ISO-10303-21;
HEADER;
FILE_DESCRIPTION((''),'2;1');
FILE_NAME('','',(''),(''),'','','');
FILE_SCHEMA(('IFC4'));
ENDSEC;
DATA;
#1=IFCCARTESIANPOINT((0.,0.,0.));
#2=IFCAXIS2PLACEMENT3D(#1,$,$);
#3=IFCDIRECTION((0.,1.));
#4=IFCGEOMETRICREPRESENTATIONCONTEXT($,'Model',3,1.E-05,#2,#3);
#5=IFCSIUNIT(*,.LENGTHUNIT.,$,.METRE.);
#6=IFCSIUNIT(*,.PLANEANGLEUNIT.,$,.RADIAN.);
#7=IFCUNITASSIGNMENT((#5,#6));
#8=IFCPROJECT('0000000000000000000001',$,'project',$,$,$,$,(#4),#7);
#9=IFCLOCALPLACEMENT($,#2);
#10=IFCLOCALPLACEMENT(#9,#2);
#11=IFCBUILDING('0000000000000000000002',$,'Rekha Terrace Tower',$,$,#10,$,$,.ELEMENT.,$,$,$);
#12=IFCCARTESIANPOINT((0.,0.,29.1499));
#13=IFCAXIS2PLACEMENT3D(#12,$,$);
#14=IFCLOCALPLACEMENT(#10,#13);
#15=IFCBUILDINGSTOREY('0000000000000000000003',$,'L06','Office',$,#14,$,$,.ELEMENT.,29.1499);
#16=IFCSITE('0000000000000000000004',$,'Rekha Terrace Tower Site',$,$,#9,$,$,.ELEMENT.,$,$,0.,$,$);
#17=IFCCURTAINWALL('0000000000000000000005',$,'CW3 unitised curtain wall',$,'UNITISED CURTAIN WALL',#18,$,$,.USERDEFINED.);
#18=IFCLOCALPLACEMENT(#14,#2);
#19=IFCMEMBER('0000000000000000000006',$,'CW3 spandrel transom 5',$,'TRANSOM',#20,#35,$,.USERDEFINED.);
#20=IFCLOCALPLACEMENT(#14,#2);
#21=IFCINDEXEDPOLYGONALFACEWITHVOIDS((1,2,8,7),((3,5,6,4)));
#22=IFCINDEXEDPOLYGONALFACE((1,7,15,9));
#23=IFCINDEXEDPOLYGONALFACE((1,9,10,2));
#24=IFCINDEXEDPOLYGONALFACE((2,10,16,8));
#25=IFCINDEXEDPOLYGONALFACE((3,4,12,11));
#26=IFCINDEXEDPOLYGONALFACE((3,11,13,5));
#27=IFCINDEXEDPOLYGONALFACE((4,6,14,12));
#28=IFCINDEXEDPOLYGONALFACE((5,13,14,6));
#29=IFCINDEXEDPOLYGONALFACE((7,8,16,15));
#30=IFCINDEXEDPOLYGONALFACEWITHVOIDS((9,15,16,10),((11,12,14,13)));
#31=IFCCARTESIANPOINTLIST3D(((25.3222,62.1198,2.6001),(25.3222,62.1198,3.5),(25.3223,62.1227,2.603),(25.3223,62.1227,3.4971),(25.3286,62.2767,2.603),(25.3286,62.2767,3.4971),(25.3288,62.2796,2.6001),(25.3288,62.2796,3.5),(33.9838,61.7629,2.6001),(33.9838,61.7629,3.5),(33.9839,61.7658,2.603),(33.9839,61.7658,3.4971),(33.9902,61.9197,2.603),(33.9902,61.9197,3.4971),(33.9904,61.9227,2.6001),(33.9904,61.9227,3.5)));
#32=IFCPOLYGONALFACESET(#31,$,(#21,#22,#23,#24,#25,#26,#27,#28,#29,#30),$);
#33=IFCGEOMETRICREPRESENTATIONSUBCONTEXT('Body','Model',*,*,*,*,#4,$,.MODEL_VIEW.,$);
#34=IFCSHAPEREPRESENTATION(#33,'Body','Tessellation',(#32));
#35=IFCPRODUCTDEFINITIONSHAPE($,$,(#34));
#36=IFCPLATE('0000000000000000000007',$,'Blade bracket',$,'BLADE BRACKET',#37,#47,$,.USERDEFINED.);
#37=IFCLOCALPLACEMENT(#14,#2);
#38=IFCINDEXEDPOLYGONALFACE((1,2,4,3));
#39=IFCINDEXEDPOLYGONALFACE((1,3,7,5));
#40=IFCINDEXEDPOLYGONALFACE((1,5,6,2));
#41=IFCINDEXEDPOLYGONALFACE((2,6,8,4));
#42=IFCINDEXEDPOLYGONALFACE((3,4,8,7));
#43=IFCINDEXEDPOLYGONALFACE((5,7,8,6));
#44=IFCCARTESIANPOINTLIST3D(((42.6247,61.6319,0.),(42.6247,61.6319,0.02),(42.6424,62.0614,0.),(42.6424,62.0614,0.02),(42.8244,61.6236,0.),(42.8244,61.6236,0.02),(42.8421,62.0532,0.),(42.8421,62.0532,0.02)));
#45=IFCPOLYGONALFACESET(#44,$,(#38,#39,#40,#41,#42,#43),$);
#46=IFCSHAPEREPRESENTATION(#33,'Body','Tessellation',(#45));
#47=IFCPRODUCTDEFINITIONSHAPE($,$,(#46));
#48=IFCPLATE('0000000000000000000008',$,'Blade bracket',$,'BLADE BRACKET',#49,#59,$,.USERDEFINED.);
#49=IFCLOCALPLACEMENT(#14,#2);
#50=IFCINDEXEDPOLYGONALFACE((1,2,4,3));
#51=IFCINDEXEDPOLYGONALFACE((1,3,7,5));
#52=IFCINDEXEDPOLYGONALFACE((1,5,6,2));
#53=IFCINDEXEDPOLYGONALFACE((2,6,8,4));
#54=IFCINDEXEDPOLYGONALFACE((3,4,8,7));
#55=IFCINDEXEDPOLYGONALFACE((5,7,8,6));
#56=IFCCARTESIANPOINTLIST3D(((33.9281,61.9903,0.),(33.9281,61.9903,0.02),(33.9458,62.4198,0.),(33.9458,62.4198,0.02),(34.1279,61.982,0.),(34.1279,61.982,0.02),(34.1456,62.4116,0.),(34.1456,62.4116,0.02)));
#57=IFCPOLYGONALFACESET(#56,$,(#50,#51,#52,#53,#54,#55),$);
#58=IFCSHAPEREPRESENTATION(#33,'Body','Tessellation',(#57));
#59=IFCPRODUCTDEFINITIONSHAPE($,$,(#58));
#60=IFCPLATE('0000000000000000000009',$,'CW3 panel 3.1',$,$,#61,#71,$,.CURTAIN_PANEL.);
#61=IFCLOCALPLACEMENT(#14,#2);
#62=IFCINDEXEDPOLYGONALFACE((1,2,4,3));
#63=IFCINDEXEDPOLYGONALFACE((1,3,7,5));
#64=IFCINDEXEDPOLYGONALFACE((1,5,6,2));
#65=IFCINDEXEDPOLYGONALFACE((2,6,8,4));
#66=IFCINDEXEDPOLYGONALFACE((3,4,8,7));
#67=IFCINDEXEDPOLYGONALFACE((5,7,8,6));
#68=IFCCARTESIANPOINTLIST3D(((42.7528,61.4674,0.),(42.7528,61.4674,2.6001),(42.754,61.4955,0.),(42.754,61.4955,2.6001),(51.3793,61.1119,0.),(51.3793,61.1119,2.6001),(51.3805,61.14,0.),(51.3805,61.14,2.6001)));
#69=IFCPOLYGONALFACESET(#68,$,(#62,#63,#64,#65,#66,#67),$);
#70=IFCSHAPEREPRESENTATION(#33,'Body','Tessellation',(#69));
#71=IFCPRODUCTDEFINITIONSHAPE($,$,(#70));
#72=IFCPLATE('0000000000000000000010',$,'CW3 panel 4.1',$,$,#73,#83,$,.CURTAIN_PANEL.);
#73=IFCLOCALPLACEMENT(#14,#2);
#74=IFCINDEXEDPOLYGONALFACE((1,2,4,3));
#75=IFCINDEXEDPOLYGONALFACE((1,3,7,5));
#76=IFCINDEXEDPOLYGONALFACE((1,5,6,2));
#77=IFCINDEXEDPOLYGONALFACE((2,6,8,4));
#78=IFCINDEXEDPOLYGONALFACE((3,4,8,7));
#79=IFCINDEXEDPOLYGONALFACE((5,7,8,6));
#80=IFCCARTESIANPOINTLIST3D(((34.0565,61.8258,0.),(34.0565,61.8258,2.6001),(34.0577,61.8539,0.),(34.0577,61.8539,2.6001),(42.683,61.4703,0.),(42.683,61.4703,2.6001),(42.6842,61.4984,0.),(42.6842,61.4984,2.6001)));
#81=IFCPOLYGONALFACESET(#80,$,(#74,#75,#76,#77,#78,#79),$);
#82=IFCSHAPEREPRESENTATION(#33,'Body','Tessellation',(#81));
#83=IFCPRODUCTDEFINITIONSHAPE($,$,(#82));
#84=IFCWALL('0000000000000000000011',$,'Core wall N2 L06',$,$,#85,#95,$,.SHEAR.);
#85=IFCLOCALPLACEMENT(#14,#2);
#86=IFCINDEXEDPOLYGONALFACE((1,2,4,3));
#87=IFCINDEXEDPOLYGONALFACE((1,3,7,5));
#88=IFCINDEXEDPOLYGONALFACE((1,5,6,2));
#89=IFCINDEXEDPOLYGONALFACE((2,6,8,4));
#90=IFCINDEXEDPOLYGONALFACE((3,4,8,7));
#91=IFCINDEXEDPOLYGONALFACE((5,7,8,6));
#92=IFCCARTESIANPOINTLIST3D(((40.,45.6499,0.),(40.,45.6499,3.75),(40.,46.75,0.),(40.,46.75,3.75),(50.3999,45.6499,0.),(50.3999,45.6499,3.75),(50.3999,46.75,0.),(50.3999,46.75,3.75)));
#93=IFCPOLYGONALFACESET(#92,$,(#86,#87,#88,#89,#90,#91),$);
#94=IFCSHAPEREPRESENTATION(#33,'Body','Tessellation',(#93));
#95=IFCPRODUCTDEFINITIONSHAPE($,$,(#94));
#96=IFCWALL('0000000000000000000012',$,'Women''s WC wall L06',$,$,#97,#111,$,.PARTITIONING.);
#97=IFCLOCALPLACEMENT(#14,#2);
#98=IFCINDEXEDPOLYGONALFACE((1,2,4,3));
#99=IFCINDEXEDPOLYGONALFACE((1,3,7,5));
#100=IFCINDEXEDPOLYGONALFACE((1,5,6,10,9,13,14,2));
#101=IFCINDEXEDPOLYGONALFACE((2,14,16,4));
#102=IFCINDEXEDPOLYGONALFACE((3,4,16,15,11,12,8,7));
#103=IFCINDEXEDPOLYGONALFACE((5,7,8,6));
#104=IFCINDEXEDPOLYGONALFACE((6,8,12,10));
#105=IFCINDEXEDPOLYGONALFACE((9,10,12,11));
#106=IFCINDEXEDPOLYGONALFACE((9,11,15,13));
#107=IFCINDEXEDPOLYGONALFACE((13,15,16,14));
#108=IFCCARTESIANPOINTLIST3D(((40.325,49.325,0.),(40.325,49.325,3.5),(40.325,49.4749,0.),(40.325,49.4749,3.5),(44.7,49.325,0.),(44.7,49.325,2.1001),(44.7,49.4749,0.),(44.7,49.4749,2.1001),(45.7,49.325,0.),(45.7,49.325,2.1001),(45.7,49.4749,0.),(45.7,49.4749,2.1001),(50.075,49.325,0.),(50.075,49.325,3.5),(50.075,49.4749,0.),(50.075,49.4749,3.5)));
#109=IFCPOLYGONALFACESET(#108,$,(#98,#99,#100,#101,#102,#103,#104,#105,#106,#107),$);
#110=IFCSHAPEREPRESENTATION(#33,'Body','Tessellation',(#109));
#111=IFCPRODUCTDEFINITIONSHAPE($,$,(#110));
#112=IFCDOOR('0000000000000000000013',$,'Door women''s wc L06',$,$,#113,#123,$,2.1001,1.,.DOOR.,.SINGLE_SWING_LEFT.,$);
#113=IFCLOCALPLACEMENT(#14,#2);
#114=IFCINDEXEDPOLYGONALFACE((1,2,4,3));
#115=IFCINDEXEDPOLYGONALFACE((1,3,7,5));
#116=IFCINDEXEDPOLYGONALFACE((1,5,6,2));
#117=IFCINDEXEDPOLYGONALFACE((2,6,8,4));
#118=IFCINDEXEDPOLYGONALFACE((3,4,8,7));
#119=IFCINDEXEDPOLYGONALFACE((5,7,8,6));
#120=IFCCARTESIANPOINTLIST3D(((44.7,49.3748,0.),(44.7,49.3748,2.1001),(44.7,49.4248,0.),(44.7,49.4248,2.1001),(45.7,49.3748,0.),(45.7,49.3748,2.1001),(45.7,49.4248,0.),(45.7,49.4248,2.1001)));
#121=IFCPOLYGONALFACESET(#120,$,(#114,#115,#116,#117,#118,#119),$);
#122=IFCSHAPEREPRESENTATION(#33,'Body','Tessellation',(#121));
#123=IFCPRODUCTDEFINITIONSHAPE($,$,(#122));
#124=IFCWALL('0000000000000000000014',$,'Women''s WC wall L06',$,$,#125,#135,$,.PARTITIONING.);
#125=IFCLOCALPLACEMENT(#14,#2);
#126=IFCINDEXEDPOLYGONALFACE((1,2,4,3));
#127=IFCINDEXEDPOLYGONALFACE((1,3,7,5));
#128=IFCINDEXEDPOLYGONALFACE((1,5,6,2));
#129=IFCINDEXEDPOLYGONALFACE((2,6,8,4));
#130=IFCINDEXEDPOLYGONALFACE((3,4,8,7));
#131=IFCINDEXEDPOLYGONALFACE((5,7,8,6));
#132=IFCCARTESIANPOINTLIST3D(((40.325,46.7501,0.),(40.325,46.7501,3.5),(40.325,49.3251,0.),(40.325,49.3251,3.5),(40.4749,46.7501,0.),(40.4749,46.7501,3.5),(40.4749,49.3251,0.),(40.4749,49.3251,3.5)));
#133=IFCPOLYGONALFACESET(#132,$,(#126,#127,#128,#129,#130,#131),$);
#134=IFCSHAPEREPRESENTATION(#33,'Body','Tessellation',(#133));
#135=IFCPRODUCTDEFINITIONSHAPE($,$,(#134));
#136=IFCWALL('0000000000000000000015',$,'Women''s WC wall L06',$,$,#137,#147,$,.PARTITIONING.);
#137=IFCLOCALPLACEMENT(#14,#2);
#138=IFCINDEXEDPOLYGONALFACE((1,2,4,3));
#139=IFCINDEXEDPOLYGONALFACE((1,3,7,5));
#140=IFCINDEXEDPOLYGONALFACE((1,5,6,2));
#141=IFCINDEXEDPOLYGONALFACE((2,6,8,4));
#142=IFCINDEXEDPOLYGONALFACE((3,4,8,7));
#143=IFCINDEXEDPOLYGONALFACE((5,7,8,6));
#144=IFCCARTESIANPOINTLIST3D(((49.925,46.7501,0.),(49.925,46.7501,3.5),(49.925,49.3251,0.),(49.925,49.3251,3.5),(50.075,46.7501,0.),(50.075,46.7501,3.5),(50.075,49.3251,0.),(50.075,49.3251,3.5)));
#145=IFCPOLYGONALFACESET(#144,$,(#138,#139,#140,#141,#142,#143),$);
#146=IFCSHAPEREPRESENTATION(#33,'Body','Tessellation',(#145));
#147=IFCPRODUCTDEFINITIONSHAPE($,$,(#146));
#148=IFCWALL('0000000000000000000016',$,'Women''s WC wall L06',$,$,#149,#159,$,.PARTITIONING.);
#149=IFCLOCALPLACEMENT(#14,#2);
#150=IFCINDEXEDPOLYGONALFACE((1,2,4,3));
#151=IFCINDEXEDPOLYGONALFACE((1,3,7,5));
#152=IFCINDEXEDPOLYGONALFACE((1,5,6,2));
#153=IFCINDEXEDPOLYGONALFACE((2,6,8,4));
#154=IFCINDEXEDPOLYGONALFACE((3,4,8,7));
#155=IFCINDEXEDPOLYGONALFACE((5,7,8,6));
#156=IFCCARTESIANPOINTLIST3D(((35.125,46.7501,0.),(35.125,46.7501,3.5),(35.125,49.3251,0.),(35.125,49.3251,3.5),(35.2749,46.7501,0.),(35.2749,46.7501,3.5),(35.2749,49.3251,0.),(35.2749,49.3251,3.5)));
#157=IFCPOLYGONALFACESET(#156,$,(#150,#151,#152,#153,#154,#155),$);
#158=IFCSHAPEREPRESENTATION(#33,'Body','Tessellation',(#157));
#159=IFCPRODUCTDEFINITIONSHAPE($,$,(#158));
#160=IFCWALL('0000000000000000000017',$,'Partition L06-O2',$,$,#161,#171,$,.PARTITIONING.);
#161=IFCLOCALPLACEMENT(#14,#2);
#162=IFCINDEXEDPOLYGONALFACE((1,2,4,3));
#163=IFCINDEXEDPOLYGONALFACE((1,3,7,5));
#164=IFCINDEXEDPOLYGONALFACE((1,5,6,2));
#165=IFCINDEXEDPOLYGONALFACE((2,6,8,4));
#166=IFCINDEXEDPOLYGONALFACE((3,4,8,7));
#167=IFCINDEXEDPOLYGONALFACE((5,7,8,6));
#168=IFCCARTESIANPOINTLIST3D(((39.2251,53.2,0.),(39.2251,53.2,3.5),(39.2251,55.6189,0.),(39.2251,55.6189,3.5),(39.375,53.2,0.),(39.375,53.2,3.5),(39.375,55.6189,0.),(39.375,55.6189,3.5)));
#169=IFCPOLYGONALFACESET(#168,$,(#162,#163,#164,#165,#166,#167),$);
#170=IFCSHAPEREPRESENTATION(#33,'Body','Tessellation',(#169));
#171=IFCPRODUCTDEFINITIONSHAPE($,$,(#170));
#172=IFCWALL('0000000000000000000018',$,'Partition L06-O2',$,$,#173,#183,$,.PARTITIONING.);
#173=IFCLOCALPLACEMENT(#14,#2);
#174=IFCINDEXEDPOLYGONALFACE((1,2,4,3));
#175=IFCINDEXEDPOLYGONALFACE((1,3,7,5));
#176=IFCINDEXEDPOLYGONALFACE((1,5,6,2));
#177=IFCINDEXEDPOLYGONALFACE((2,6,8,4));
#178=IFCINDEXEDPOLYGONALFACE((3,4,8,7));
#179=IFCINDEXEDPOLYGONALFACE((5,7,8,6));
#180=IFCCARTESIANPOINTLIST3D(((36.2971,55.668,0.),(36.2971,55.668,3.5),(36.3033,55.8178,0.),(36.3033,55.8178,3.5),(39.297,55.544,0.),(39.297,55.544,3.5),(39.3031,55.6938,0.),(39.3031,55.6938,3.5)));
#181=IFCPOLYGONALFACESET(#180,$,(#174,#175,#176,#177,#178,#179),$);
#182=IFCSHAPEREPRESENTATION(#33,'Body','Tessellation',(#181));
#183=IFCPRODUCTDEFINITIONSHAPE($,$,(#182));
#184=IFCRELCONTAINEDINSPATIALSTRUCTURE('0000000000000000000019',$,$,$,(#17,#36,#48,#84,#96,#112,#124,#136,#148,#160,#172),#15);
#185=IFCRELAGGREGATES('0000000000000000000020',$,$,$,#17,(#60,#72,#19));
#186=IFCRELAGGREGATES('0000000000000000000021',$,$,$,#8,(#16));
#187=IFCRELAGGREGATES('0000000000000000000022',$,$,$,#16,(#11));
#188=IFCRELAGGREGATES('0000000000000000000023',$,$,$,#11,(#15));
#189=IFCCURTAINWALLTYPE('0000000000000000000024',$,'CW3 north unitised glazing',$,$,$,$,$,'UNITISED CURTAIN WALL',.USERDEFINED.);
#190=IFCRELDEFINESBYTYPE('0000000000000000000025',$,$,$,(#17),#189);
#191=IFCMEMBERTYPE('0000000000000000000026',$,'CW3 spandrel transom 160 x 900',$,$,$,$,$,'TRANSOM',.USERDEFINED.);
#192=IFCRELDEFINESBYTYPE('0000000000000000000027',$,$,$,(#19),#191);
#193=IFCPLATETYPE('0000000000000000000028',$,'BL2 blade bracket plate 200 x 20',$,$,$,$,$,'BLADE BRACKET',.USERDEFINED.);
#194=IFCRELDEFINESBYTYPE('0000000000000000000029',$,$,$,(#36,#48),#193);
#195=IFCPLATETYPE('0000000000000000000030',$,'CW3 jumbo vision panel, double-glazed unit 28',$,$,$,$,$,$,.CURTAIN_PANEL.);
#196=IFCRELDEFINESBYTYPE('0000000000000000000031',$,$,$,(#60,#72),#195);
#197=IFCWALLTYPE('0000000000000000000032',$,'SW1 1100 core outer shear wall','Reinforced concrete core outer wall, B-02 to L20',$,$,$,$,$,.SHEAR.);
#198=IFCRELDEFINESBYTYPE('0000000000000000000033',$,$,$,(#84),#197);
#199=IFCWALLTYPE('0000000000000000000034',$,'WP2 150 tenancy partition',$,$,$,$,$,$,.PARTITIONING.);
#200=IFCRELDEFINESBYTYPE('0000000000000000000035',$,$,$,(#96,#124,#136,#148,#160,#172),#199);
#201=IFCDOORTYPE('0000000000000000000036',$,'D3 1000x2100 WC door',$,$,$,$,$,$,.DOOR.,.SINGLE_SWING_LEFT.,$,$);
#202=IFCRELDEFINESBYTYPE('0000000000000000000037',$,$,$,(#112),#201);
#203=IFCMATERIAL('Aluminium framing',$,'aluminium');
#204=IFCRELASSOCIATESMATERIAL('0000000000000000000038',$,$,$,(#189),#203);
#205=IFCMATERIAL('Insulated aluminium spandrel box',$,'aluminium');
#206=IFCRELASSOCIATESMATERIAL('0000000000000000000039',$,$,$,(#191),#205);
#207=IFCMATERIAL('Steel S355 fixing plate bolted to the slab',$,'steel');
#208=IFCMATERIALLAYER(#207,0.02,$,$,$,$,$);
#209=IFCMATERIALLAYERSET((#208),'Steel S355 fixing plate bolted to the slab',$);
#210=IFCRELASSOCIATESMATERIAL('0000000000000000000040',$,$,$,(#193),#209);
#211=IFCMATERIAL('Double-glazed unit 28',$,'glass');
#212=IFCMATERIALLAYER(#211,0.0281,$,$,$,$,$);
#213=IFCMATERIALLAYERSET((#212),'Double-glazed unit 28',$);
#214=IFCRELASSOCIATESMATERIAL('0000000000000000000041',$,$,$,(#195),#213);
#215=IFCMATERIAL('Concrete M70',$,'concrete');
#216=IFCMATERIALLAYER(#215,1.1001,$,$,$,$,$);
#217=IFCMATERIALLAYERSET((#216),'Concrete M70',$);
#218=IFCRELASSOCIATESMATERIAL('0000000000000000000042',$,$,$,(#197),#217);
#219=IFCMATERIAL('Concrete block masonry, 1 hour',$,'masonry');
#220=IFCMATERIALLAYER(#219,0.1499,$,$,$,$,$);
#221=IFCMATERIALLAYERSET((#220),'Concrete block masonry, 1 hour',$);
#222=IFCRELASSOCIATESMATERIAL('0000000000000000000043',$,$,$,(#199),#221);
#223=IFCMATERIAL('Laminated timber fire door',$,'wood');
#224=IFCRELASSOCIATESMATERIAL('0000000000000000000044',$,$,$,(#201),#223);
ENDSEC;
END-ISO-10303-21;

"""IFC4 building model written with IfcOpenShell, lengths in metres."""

from ifc_helpers import new_model, si_unit, direction, frame, frame_2d, origin, origin_2d, place, context, subcontext, project, spatial, rectangle, hollow_rectangle, extrude, material, layer, layer_set, material_profile, profile_set, type_object, element, fill, aggregate, save


model = new_model("IFC4")

# Units and contexts
model_context = context("Model", 3, precision=1e-05, world=origin(), true_north=direction((0.0, 1.0)))
body_context = subcontext(model_context, "Body", "Model", "MODEL_VIEW")
ifc_project = project(units=[si_unit("LENGTHUNIT", "METRE"), si_unit("PLANEANGLEUNIT", "RADIAN")], contexts=[model_context])

# Site, building, storey
site_placement = place(None, origin())
site = spatial("IfcSite", under=ifc_project, at=site_placement, Name="Rekha Terrace Tower Site", CompositionType="ELEMENT", RefElevation=0.0)
building_placement = place(site_placement, origin())
building = spatial("IfcBuilding", under=site, at=building_placement, Name="Rekha Terrace Tower", CompositionType="ELEMENT")
storey_placement = place(building_placement, frame((0.0, 0.0, 29.1499)))
storey = spatial("IfcBuildingStorey", under=building, at=storey_placement, Name="L06", Description="Office", CompositionType="ELEMENT", Elevation=29.1499)

# Shared definitions
ifc_material_1 = material(Name="Concrete M70", Category="concrete")

# Curtain wall, member
ifc_material_2 = material(Name="Aluminium framing", Category="aluminium")
curtain_wall_type = type_object("IfcCurtainWallType", Name="CW3 north unitised glazing", ElementType="UNITISED CURTAIN WALL", PredefinedType="USERDEFINED", material=ifc_material_2)
curtain_wall_placement = place(storey_placement, origin())
curtain_wall = element("IfcCurtainWall", 1, at=curtain_wall_placement, inside=storey, type_object=curtain_wall_type, Name="CW3 unitised curtain wall", ObjectType="UNITISED CURTAIN WALL", PredefinedType="USERDEFINED")
ifc_material_3 = material(Name="Insulated aluminium spandrel box", Category="aluminium")
ifc_material_profile_1 = material_profile(ifc_material_3, hollow_rectangle(XDim=0.1599, YDim=0.8999, WallThickness=0.0029, at=origin_2d()), Name="AL SPANDREL BOX 160x900")
ifc_profile_set_1 = profile_set([ifc_material_profile_1], Name="Insulated aluminium spandrel box")
member_type_1 = type_object("IfcMemberType", Name="CW3 spandrel transom 160 x 900", ElementType="TRANSOM", PredefinedType="USERDEFINED", material=ifc_profile_set_1)
member_1_placement = place(storey_placement, frame((33.9871, 61.8428, 3.05), z_axis=(-0.999152, 0.041174, 0.0), x_axis=(-0.041174, -0.999152, 0.0)))
member_1 = element("IfcMember", 2, at=member_1_placement, type_object=member_type_1, Name="CW3 spandrel transom 5", ObjectType="TRANSOM", PredefinedType="USERDEFINED", context=body_context, shape_type="SweptSolid", body=[
    extrude(hollow_rectangle(XDim=0.1599, YDim=0.8999, WallThickness=0.0029, at=origin_2d()), origin(), (0.0, 0.0, 1.0), 8.6689),
])

# Plates
ifc_material_4 = material(Name="Steel S355 fixing plate bolted to the slab", Category="steel")
ifc_layer_1 = layer(ifc_material_4, 0.02)
ifc_layer_set_1 = layer_set([ifc_layer_1], Name="Steel S355 fixing plate bolted to the slab")
plate_type_1 = type_object("IfcPlateType", Name="BL2 blade bracket plate 200 x 20", ElementType="BLADE BRACKET", PredefinedType="USERDEFINED", material=ifc_layer_set_1)
for number, where, z_axis, x_axis, name in (
    (3, (42.7334, 61.8425, 0.0), (0.0, 0.0, 1.0), (0.041175, 0.999152, 0.0), "Blade bracket"),
    (4, (34.0369, 62.2009, 0.0), (0.0, 0.0, 1.0), (0.041175, 0.999152, 0.0), "Blade bracket"),
):
    element("IfcPlate", number, at=place(storey_placement, frame(where, z_axis=z_axis, x_axis=x_axis)), inside=storey, type_object=plate_type_1, Name=name, ObjectType="BLADE BRACKET", PredefinedType="USERDEFINED", context=body_context, shape_type="SweptSolid", body=[
        extrude(rectangle(XDim=0.4299, YDim=0.2, at=origin_2d()), origin(), (0.0, 0.0, 1.0), 0.02),
    ])

# Plates
ifc_material_5 = material(Name="Double-glazed unit 28", Category="glass")
ifc_layer_2 = layer(ifc_material_5, 0.0281)
ifc_layer_set_2 = layer_set([ifc_layer_2], Name="Double-glazed unit 28")
plate_type_2 = type_object("IfcPlateType", Name="CW3 jumbo vision panel, double-glazed unit 28", PredefinedType="CURTAIN_PANEL", material=ifc_layer_set_2)
plate_1_placement = place(storey_placement, frame((47.0667, 61.3037, 0.0), z_axis=(0.0, 0.0, 1.0), x_axis=(-0.999152, 0.041174, 0.0)))
plate_1 = element("IfcPlate", 5, at=plate_1_placement, type_object=plate_type_2, Name="CW3 panel 3.1", PredefinedType="CURTAIN_PANEL", context=body_context, shape_type="SweptSolid", body=[
    extrude(rectangle(XDim=8.6338, YDim=0.0281, at=origin_2d()), origin(), (0.0, 0.0, 1.0), 2.6001),
])
plate_2_placement = place(storey_placement, frame((38.3704, 61.6621, 0.0), z_axis=(0.0, 0.0, 1.0), x_axis=(-0.999152, 0.041174, 0.0)))
plate_2 = element("IfcPlate", 6, at=plate_2_placement, type_object=plate_type_2, Name="CW3 panel 4.1", PredefinedType="CURTAIN_PANEL", context=body_context, shape_type="SweptSolid", body=[
    extrude(rectangle(XDim=8.6338, YDim=0.0281, at=origin_2d()), origin(), (0.0, 0.0, 1.0), 2.6001),
])
aggregate(curtain_wall, [plate_1, plate_2, member_1])

# Wall
ifc_layer_3 = layer(ifc_material_1, 1.1001)
ifc_layer_set_3 = layer_set([ifc_layer_3], Name="Concrete M70")
wall_type_1 = type_object("IfcWallType", Name="SW1 1100 core outer shear wall", Description="Reinforced concrete core outer wall, B-02 to L20", PredefinedType="SHEAR", material=ifc_layer_set_3)
wall_1_placement = place(storey_placement, frame((40.0, 46.2, 0.0), z_axis=(0.0, 0.0, 1.0), x_axis=(1.0, 0.0, 0.0)))
element("IfcWall", 7, at=wall_1_placement, inside=storey, type_object=wall_type_1, Name="Core wall N2 L06", PredefinedType="SHEAR", context=body_context, shape_type="SweptSolid", body=[
    extrude(rectangle(XDim=10.3999, YDim=1.1001, at=frame_2d((5.2, 0.0))), origin(), (0.0, 0.0, 1.0), 3.75),
])

# Wall, opening, door
ifc_material_6 = material(Name="Concrete block masonry, 1 hour", Category="masonry")
ifc_layer_4 = layer(ifc_material_6, 0.1499)
ifc_layer_set_4 = layer_set([ifc_layer_4], Name="Concrete block masonry, 1 hour")
wall_type_2 = type_object("IfcWallType", Name="WP2 150 tenancy partition", PredefinedType="PARTITIONING", material=ifc_layer_set_4)
wall_2_placement = place(storey_placement, frame((40.325, 49.3999, 0.0), z_axis=(0.0, 0.0, 1.0), x_axis=(1.0, 0.0, 0.0)))
wall_2 = element("IfcWall", 8, at=wall_2_placement, inside=storey, type_object=wall_type_2, Name="Women's WC wall L06", PredefinedType="PARTITIONING", context=body_context, shape_type="SweptSolid", body=[
    extrude(rectangle(XDim=9.75, YDim=0.1499, at=frame_2d((4.875, 0.0))), origin(), (0.0, 0.0, 1.0), 3.5),
])
opening_placement = place(wall_2_placement, frame((4.375, 0.0, 0.0)))
opening = element("IfcOpeningElement", 9, at=opening_placement, cuts=wall_2, PredefinedType="OPENING", context=body_context, shape_type="SweptSolid", body=[
    extrude(rectangle(XDim=1.0, YDim=2.1001, at=frame_2d((0.5, 1.05))), frame((0.0, 0.085, 0.0), z_axis=(0.0, -1.0, 0.0), x_axis=(1.0, 0.0, 0.0)), (0.0, 0.0, 1.0), 0.1699),
])
ifc_material_7 = material(Name="Laminated timber fire door", Category="wood")
door_type = type_object("IfcDoorType", Name="D3 1000x2100 WC door", OperationType="SINGLE_SWING_LEFT", PredefinedType="DOOR", material=ifc_material_7)
door_placement = place(opening_placement, origin())
door = element("IfcDoor", 10, at=door_placement, inside=storey, type_object=door_type, Name="Door women's wc L06", OperationType="SINGLE_SWING_LEFT", OverallHeight=2.1001, OverallWidth=1.0, PredefinedType="DOOR", context=body_context, shape_type="SweptSolid", body=[
    extrude(rectangle(XDim=1.0, YDim=2.1001, at=frame_2d((0.5, 1.05))), frame((0.0, 0.0249, 0.0), z_axis=(0.0, -1.0, 0.0), x_axis=(1.0, 0.0, 0.0)), (0.0, 0.0, 1.0), 0.05),
])
fill(opening, door)

# Walls
for number, where, z_axis, x_axis, name in (
    (11, (40.3999, 46.75, 0.0), (0.0, 0.0, 1.0), (0.0, 1.0, 0.0), "Women's WC wall L06"),
    (12, (50.0, 46.75, 0.0), (0.0, 0.0, 1.0), (0.0, 1.0, 0.0), "Women's WC wall L06"),
    (13, (35.2, 46.75, 0.0), (0.0, 0.0, 1.0), (0.0, 1.0, 0.0), "Women's WC wall L06"),
):
    element("IfcWall", number, at=place(storey_placement, frame(where, z_axis=z_axis, x_axis=x_axis)), inside=storey, type_object=wall_type_2, Name=name, PredefinedType="PARTITIONING", context=body_context, shape_type="SweptSolid", body=[
        extrude(rectangle(XDim=2.575, YDim=0.1499, at=frame_2d((1.2876, 0.0))), origin(), (0.0, 0.0, 1.0), 3.5),
    ])
wall_3_placement = place(storey_placement, frame((39.3, 53.2, 0.0), z_axis=(0.0, 0.0, 1.0), x_axis=(0.0, 1.0, 0.0)))
element("IfcWall", 14, at=wall_3_placement, inside=storey, type_object=wall_type_2, Name="Partition L06-O2", PredefinedType="PARTITIONING", context=body_context, shape_type="SweptSolid", body=[
    extrude(rectangle(XDim=2.4189, YDim=0.1499, at=frame_2d((1.2095, 0.0))), origin(), (0.0, 0.0, 1.0), 3.5),
])
wall_4_placement = place(storey_placement, frame((39.3, 55.6189, 0.0), z_axis=(0.0, 0.0, 1.0), x_axis=(-0.999147, 0.041306, 0.0)))
element("IfcWall", 15, at=wall_4_placement, inside=storey, type_object=wall_type_2, Name="Partition L06-O2", PredefinedType="PARTITIONING", context=body_context, shape_type="SweptSolid", body=[
    extrude(rectangle(XDim=3.0024, YDim=0.1499, at=frame_2d((1.5012, 0.0))), origin(), (0.0, 0.0, 1.0), 3.5),
])

save(model, "model.ifc")
